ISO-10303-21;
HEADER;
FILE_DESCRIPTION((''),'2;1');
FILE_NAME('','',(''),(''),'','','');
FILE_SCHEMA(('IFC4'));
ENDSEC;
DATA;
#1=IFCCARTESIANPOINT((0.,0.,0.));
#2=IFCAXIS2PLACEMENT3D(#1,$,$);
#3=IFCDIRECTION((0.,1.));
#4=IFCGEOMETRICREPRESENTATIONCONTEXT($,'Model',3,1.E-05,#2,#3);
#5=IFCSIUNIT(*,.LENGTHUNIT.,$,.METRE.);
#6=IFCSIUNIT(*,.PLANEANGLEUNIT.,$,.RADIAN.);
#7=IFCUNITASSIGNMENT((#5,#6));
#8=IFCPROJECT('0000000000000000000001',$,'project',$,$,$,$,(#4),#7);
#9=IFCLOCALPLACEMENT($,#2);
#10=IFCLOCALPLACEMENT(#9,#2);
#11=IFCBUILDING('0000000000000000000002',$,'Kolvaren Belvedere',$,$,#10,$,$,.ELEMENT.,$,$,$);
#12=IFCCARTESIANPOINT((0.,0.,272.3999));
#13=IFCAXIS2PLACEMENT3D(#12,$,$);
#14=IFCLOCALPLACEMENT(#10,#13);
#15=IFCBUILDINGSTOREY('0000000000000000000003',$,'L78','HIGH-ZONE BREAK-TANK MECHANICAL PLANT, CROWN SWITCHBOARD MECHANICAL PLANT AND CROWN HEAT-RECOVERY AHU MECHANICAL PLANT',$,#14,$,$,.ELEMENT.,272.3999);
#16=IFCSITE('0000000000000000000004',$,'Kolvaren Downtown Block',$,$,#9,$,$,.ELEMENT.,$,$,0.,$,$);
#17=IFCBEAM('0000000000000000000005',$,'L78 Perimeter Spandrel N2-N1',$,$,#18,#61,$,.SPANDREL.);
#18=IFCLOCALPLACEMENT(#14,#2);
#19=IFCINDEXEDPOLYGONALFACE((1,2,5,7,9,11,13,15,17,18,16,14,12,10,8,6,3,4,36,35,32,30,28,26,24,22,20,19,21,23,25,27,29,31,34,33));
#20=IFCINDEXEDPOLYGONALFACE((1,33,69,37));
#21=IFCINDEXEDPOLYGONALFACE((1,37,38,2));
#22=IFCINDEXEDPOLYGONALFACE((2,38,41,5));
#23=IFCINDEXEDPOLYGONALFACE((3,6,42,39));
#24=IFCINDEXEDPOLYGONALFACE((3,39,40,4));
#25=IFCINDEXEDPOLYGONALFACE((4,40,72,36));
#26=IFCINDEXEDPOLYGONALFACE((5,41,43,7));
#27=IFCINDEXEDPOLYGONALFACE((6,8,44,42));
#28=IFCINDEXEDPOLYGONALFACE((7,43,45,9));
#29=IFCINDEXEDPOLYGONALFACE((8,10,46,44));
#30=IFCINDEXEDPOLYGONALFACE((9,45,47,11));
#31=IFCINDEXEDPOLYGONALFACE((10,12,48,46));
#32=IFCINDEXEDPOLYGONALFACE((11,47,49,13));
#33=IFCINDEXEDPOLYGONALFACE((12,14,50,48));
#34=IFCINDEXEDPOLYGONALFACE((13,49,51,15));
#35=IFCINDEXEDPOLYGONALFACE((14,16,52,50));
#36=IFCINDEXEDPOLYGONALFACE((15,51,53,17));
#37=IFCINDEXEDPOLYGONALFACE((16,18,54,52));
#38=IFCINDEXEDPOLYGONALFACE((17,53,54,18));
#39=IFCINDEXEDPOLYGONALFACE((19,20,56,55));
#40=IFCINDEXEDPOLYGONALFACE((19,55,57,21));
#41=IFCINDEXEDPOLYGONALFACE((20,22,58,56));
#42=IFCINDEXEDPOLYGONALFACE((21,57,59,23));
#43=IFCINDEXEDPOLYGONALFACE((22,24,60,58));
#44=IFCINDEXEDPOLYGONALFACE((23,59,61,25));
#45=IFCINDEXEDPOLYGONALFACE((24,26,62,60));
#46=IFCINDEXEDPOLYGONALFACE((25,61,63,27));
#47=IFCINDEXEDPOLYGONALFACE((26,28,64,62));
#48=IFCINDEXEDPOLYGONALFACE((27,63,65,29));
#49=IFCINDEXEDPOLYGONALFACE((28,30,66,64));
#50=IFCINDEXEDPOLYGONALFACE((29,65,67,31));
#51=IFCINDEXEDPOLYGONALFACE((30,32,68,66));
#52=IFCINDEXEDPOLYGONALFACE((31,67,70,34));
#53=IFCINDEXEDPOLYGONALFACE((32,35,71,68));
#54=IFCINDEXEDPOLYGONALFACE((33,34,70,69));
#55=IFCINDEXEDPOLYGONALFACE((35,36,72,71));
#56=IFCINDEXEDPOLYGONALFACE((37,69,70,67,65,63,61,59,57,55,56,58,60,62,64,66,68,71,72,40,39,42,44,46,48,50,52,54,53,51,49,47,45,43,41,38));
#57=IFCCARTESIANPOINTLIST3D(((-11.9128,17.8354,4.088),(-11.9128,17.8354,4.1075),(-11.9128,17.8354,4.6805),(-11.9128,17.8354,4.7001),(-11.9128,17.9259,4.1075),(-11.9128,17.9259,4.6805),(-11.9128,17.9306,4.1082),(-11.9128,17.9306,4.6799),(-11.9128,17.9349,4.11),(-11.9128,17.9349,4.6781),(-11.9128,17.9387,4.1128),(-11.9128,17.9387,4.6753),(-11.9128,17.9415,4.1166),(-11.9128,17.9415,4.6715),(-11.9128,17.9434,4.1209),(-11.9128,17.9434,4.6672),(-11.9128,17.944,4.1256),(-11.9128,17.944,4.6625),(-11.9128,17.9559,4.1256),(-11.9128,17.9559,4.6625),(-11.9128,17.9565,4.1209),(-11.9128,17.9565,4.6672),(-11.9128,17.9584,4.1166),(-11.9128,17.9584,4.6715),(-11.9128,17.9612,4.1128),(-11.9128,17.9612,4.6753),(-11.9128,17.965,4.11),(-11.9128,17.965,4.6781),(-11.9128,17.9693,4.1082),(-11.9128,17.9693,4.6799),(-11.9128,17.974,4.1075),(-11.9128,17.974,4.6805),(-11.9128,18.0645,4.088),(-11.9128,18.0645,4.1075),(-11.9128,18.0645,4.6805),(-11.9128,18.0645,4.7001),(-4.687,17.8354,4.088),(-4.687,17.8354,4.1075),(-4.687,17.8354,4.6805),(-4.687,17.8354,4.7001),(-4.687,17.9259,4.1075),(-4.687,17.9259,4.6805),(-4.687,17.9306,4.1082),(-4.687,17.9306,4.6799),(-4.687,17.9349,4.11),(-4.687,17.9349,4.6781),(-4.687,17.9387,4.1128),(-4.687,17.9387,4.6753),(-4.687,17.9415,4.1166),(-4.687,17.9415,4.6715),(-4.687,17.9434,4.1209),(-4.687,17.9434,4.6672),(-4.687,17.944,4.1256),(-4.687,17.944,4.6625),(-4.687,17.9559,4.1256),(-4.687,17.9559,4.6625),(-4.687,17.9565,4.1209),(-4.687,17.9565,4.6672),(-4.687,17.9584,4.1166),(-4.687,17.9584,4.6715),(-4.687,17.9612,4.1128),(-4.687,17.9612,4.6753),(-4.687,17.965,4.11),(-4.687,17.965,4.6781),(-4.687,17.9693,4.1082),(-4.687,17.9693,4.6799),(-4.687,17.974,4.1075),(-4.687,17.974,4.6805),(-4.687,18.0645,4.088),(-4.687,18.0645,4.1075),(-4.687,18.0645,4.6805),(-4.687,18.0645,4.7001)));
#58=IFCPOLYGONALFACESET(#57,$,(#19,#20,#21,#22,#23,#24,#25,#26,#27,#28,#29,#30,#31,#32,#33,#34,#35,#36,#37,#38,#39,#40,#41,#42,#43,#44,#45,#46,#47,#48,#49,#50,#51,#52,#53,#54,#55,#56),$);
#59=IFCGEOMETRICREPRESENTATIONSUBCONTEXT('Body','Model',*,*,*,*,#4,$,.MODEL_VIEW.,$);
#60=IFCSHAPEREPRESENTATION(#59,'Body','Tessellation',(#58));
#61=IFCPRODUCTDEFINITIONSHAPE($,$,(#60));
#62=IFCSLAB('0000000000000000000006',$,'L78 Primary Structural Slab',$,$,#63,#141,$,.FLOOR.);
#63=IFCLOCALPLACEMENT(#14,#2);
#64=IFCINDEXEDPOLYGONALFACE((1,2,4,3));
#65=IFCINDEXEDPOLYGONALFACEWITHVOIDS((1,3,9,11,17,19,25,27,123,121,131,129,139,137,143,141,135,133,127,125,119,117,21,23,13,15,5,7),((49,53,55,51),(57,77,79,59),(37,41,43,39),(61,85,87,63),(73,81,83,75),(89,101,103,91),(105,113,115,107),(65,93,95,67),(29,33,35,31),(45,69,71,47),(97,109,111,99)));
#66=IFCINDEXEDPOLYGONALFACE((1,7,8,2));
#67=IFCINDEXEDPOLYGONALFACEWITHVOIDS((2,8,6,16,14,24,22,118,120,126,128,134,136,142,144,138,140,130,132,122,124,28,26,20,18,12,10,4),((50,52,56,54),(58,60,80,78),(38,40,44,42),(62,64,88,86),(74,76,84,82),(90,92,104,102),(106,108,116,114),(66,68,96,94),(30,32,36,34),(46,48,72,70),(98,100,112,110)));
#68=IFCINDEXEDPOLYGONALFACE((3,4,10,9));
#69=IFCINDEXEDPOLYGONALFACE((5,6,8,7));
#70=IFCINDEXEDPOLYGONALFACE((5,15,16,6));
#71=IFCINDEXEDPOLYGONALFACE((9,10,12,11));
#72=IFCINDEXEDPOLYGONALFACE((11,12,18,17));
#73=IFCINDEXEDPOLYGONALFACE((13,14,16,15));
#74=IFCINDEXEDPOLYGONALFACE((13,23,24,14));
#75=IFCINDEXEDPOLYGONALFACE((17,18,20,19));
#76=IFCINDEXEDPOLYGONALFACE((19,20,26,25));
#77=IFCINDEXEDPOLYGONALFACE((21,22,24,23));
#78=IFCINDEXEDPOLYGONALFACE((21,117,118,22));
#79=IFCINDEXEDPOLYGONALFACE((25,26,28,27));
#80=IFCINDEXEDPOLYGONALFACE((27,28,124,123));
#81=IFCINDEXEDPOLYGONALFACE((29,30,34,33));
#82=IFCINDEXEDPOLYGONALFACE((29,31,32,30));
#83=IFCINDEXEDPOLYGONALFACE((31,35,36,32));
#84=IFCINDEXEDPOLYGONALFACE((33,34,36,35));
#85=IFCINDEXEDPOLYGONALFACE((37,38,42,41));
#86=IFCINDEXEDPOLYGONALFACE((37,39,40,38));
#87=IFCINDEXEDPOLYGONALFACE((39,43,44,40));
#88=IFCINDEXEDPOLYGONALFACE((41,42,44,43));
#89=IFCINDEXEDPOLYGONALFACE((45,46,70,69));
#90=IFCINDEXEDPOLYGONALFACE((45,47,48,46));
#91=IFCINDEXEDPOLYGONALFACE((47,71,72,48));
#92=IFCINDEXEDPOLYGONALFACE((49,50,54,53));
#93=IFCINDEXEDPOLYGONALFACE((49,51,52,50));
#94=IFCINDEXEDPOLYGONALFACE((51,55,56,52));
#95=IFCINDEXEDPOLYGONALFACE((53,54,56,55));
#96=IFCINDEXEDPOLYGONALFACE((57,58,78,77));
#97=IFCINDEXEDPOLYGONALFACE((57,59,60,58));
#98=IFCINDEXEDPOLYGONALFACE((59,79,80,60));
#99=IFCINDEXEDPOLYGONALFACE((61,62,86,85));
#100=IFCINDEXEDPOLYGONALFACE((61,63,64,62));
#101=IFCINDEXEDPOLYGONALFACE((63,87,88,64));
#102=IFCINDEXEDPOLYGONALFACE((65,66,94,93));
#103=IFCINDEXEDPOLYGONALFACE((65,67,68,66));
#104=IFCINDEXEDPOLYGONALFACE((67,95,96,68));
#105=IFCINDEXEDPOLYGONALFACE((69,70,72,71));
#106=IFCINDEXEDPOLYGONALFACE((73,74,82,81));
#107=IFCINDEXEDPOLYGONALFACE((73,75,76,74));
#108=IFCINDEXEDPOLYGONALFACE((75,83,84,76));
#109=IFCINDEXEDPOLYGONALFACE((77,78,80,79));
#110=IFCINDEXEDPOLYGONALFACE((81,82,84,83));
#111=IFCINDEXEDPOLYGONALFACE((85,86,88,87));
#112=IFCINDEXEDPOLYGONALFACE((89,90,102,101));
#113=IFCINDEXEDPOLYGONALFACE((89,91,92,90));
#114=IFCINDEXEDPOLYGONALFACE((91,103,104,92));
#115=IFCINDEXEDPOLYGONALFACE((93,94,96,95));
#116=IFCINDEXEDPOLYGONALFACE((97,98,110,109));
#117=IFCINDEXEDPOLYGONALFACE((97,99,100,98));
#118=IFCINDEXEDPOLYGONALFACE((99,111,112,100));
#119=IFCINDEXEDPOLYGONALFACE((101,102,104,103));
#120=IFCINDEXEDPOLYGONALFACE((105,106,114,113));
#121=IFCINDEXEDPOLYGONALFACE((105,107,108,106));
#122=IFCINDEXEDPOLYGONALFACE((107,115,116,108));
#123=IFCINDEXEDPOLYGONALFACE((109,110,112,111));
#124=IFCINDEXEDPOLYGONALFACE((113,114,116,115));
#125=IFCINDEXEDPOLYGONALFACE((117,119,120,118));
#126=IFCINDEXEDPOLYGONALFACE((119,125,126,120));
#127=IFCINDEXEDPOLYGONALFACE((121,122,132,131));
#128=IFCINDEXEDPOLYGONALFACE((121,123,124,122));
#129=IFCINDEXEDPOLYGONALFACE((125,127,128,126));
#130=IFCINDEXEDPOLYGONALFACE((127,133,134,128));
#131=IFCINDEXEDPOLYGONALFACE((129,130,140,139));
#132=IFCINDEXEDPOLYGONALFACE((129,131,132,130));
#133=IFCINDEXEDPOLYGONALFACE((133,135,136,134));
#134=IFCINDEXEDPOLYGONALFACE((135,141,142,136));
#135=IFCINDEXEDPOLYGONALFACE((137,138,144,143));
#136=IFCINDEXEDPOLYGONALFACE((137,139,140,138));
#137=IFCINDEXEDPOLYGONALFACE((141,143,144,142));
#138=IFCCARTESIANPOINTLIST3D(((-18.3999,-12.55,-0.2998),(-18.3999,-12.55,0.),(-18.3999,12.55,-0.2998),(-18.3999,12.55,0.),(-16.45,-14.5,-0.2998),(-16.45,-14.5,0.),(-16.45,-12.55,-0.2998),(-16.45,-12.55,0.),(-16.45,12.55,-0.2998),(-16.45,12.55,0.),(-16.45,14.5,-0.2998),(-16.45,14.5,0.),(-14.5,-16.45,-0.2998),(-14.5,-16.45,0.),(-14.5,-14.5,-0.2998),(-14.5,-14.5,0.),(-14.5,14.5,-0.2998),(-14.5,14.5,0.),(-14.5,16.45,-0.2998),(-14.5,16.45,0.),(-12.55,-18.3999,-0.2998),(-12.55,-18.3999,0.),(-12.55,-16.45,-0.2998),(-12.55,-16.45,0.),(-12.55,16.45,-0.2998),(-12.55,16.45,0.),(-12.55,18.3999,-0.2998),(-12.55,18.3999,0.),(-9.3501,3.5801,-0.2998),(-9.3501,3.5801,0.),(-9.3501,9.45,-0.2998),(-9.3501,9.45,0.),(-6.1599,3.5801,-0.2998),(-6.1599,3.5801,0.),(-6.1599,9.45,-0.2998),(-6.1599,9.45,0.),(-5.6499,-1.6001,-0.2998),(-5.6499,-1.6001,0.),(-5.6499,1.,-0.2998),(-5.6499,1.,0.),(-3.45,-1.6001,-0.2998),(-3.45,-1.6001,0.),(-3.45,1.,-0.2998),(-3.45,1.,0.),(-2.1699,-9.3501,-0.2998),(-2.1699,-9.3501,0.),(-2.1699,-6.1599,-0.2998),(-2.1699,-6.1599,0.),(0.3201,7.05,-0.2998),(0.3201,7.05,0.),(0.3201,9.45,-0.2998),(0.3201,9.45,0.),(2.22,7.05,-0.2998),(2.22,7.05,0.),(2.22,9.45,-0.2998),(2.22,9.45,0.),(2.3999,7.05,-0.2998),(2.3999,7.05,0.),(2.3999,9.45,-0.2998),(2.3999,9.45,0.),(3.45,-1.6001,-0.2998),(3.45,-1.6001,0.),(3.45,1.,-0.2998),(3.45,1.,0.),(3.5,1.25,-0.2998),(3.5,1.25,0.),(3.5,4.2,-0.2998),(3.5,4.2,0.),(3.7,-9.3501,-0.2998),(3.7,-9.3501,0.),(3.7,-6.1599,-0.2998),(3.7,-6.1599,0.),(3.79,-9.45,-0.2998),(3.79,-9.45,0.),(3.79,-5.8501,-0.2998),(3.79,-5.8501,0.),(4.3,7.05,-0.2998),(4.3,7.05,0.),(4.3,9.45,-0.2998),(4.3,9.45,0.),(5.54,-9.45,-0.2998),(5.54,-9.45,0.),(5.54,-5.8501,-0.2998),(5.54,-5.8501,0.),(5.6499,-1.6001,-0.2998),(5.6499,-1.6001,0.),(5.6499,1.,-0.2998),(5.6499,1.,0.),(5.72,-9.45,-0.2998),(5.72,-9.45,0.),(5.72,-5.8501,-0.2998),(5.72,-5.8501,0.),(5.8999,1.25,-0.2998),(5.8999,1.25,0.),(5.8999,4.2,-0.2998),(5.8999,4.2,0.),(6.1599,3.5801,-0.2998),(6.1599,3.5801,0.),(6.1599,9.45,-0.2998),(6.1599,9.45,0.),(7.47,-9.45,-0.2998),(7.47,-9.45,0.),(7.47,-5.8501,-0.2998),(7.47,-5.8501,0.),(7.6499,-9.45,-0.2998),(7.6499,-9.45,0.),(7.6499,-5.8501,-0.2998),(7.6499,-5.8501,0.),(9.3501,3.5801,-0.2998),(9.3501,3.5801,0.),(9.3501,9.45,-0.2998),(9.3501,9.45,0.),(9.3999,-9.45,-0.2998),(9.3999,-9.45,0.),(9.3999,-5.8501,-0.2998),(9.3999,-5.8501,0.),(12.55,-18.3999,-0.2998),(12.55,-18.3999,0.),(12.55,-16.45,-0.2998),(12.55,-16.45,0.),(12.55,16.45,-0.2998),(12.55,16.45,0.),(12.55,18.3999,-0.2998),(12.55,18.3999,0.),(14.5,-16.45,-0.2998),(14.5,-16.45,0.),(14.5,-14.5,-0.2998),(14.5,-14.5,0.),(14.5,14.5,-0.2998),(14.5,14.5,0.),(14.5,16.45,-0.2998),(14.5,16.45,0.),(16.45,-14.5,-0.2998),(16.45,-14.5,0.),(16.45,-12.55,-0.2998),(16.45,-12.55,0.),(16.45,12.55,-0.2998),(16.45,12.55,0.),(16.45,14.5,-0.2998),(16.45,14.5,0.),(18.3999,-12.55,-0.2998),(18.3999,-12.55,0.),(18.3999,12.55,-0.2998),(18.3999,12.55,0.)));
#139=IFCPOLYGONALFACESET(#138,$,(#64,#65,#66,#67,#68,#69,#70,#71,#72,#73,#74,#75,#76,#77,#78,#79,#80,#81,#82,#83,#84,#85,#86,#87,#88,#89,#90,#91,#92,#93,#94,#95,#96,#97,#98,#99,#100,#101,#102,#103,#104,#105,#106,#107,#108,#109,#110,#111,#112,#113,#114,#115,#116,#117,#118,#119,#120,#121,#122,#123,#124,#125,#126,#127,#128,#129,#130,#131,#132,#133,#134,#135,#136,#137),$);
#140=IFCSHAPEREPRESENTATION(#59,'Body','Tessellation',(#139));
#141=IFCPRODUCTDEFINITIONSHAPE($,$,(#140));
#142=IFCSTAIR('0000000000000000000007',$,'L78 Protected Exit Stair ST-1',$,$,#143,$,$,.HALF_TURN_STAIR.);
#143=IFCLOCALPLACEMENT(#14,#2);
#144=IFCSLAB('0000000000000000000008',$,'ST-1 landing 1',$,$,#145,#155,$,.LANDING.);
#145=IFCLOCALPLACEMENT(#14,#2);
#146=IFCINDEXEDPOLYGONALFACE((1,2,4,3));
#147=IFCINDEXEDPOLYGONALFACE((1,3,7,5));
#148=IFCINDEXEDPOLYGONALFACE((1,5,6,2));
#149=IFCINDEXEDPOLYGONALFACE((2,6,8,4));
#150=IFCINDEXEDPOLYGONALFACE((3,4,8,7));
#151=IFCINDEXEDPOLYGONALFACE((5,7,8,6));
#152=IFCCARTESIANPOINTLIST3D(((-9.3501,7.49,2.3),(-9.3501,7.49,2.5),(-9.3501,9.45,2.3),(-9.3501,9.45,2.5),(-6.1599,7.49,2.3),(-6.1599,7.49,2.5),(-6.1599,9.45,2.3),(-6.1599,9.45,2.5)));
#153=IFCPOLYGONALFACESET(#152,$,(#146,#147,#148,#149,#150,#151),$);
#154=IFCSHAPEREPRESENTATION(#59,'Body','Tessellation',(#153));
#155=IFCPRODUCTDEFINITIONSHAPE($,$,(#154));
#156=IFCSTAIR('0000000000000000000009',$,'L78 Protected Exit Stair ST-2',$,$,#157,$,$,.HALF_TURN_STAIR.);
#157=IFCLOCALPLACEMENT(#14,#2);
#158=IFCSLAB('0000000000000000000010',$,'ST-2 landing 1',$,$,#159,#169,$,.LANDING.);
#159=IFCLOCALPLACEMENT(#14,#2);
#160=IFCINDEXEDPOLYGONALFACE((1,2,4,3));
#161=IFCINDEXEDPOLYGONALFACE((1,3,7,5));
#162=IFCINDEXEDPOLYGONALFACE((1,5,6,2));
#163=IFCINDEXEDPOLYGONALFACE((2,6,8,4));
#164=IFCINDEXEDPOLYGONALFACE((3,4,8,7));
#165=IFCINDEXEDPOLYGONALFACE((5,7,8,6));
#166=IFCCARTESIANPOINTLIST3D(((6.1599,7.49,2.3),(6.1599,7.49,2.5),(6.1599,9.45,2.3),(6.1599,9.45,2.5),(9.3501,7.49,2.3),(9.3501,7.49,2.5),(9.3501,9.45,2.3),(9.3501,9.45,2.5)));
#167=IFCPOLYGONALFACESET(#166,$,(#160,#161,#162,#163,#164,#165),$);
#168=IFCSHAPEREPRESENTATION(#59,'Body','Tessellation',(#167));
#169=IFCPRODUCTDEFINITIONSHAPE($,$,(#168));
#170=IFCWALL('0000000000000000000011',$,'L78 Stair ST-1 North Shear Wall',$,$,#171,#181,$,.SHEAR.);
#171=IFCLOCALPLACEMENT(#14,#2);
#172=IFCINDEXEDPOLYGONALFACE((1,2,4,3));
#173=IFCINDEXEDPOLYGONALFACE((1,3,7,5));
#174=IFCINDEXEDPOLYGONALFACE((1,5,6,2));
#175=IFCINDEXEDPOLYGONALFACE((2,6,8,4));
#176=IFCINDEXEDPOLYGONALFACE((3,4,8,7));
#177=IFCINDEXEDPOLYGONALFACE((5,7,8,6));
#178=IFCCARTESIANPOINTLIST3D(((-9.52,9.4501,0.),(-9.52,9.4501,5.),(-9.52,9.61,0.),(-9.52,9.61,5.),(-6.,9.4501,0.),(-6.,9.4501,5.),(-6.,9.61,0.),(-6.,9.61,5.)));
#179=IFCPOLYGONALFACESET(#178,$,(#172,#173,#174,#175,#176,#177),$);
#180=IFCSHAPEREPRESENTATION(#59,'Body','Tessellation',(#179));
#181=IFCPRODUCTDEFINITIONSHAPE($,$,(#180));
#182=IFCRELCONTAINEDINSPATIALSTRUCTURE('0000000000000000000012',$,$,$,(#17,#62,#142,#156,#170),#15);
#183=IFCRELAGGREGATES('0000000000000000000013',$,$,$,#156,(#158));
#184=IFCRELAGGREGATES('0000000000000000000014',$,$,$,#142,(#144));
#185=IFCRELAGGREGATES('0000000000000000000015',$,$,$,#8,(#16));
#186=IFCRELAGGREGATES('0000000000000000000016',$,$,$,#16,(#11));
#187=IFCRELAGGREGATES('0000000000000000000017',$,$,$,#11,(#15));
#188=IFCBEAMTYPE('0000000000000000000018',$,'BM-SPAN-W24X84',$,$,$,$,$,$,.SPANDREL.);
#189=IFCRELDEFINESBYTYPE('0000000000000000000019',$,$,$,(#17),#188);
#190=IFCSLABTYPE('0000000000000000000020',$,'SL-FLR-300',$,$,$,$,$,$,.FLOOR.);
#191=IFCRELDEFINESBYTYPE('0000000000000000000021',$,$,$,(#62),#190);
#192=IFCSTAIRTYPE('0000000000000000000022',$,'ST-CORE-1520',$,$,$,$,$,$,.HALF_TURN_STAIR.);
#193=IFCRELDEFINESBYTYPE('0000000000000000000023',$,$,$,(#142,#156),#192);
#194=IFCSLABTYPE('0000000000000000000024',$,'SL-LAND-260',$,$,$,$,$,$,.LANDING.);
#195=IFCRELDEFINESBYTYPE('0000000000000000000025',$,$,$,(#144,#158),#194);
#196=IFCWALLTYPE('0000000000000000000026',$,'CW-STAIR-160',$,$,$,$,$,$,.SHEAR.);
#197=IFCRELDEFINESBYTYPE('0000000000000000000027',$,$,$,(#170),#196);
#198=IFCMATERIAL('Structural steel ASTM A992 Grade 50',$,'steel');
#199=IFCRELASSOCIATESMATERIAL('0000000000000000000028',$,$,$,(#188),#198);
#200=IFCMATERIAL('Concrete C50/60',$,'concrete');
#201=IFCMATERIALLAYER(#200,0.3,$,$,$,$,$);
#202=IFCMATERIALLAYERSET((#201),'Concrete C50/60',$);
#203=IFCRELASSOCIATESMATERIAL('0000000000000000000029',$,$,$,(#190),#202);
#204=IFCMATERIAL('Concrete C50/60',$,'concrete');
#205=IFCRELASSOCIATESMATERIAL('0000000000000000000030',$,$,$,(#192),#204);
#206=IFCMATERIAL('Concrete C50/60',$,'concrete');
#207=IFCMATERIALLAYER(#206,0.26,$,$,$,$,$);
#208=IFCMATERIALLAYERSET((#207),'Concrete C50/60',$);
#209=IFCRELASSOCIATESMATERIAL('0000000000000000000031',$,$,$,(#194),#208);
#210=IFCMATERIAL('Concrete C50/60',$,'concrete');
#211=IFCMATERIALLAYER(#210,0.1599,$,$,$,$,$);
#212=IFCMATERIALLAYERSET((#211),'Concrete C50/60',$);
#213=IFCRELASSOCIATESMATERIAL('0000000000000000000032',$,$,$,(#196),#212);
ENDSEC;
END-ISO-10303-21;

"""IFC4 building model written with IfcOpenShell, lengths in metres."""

from ifc_helpers import new_model, si_unit, direction, frame, frame_2d, origin, origin_2d, place, context, subcontext, project, spatial, polyline, rectangle, i_section, outline, extrude, material, layer, layer_set, material_profile, profile_set, type_object, element, aggregate, save


model = new_model("IFC4")

# Units and contexts
model_context = context("Model", 3, precision=1e-05, world=origin(), true_north=direction((0.0, 1.0)))
body_context = subcontext(model_context, "Body", "Model", "MODEL_VIEW")
ifc_project = project(units=[si_unit("LENGTHUNIT", "METRE"), si_unit("PLANEANGLEUNIT", "RADIAN")], contexts=[model_context])

# Site, building, storey
site_placement = place(None, origin())
site = spatial("IfcSite", under=ifc_project, at=site_placement, Name="Kolvaren Downtown Block", CompositionType="ELEMENT", RefElevation=0.0)
building_placement = place(site_placement, origin())
building = spatial("IfcBuilding", under=site, at=building_placement, Name="Kolvaren Belvedere", CompositionType="ELEMENT")
storey_placement = place(building_placement, frame((0.0, 0.0, 272.3999)))
storey = spatial("IfcBuildingStorey", under=building, at=storey_placement, Name="L78", Description="HIGH-ZONE BREAK-TANK MECHANICAL PLANT, CROWN SWITCHBOARD MECHANICAL PLANT AND CROWN HEAT-RECOVERY AHU MECHANICAL PLANT", CompositionType="ELEMENT", Elevation=272.3999)

# Beam
ifc_material_1 = material(Name="Structural steel ASTM A992 Grade 50", Category="steel")
ifc_material_profile_1 = material_profile(ifc_material_1, i_section(OverallWidth=0.229, OverallDepth=0.6121, WebThickness=0.012, FlangeThickness=0.0195, FilletRadius=0.0181, at=origin_2d()), Name="W24X84")
ifc_profile_set_1 = profile_set([ifc_material_profile_1], Name="Structural steel ASTM A992 Grade 50")
beam_type_1 = type_object("IfcBeamType", Name="BM-SPAN-W24X84", PredefinedType="SPANDREL", material=ifc_profile_set_1)
beam_1_placement = place(storey_placement, frame((-4.687, 17.95, 4.394), z_axis=(-1.0, 0.0, 0.0), x_axis=(0.0, -1.0, 0.0)))
element("IfcBeam", 1, at=beam_1_placement, inside=storey, type_object=beam_type_1, Name="L78 Perimeter Spandrel N2-N1", PredefinedType="SPANDREL", context=body_context, shape_type="SweptSolid", body=[
    extrude(i_section(OverallWidth=0.229, OverallDepth=0.6121, WebThickness=0.012, FlangeThickness=0.0195, FilletRadius=0.0181, at=origin_2d()), origin(), (0.0, 0.0, 1.0), 7.2258),
])

# Slab
ifc_material_2 = material(Name="Concrete C50/60", Category="concrete")
ifc_layer_1 = layer(ifc_material_2, 0.3)
ifc_layer_set_1 = layer_set([ifc_layer_1], Name="Concrete C50/60")
slab_type_1 = type_object("IfcSlabType", Name="SL-FLR-300", PredefinedType="FLOOR", material=ifc_layer_set_1)
slab_1_placement = place(storey_placement, frame((0.0, 0.0, -0.2998)))
element("IfcSlab", 2, at=slab_1_placement, inside=storey, type_object=slab_type_1, Name="L78 Primary Structural Slab", PredefinedType="FLOOR", context=body_context, shape_type="SweptSolid", body=[
    extrude(outline(polyline([(-12.55, -18.3999), (12.55, -18.3999), (12.55, -16.45), (14.5, -16.45), (14.5, -14.5), (16.45, -14.5), (16.45, -12.55), (18.3999, -12.55), (18.3999, 12.55), (16.45, 12.55), (16.45, 14.5), (14.5, 14.5), (14.5, 16.45), (12.55, 16.45), (12.55, 18.3999), (-12.55, 18.3999), (-12.55, 16.45), (-14.5, 16.45), (-14.5, 14.5), (-16.45, 14.5), (-16.45, 12.55), (-18.3999, 12.55), (-18.3999, -12.55), (-16.45, -12.55), (-16.45, -14.5), (-14.5, -14.5), (-14.5, -16.45), (-12.55, -16.45), (-12.55, -18.3999)]), holes=[polyline([(-9.3501, 3.5801), (-6.1599, 3.5801), (-6.1599, 9.45), (-9.3501, 9.45), (-9.3501, 3.5801)]), polyline([(6.1599, 3.5801), (9.3501, 3.5801), (9.3501, 9.45), (6.1599, 9.45), (6.1599, 3.5801)]), polyline([(-2.1699, -9.3501), (3.7, -9.3501), (3.7, -6.1599), (-2.1699, -6.1599), (-2.1699, -9.3501)]), polyline([(-5.6499, -1.6001), (-3.45, -1.6001), (-3.45, 1.0), (-5.6499, 1.0), (-5.6499, -1.6001)]), polyline([(3.5, 1.25), (5.8999, 1.25), (5.8999, 4.2), (3.5, 4.2), (3.5, 1.25)]), polyline([(3.45, -1.6001), (5.6499, -1.6001), (5.6499, 1.0), (3.45, 1.0), (3.45, -1.6001)]), polyline([(3.79, -9.45), (5.54, -9.45), (5.54, -5.8501), (3.79, -5.8501), (3.79, -9.45)]), polyline([(5.72, -9.45), (7.47, -9.45), (7.47, -5.8501), (5.72, -5.8501), (5.72, -9.45)]), polyline([(7.6499, -9.45), (9.3999, -9.45), (9.3999, -5.8501), (7.6499, -5.8501), (7.6499, -9.45)]), polyline([(0.3201, 7.05), (2.22, 7.05), (2.22, 9.45), (0.3201, 9.45), (0.3201, 7.05)]), polyline([(2.3999, 7.05), (4.3, 7.05), (4.3, 9.45), (2.3999, 9.45), (2.3999, 7.05)])]), origin(), (0.0, 0.0, 1.0), 0.2998),
])

# Stairs, slabs
ifc_material_3 = material(Name="Concrete C50/60", Category="concrete")
stair_type = type_object("IfcStairType", Name="ST-CORE-1520", PredefinedType="HALF_TURN_STAIR", material=ifc_material_3)
stair_1_placement = place(storey_placement, origin())
stair_1 = element("IfcStair", 3, at=stair_1_placement, inside=storey, type_object=stair_type, Name="L78 Protected Exit Stair ST-1", PredefinedType="HALF_TURN_STAIR")
ifc_material_4 = material(Name="Concrete C50/60", Category="concrete")
ifc_layer_2 = layer(ifc_material_4, 0.26)
ifc_layer_set_2 = layer_set([ifc_layer_2], Name="Concrete C50/60")
slab_type_2 = type_object("IfcSlabType", Name="SL-LAND-260", PredefinedType="LANDING", material=ifc_layer_set_2)
slab_2_placement = place(storey_placement, frame((0.0, 0.0, 2.3)))
slab_2 = element("IfcSlab", 4, at=slab_2_placement, type_object=slab_type_2, Name="ST-1 landing 1", PredefinedType="LANDING", context=body_context, shape_type="SweptSolid", body=[
    extrude(outline(polyline([(-6.1599, 7.49), (-6.1599, 9.45), (-9.3501, 9.45), (-9.3501, 7.49), (-6.1599, 7.49)])), origin(), (0.0, 0.0, 1.0), 0.2),
])
stair_2_placement = place(storey_placement, origin())
stair_2 = element("IfcStair", 5, at=stair_2_placement, inside=storey, type_object=stair_type, Name="L78 Protected Exit Stair ST-2", PredefinedType="HALF_TURN_STAIR")
slab_3_placement = place(storey_placement, frame((0.0, 0.0, 2.3)))
slab_3 = element("IfcSlab", 6, at=slab_3_placement, type_object=slab_type_2, Name="ST-2 landing 1", PredefinedType="LANDING", context=body_context, shape_type="SweptSolid", body=[
    extrude(outline(polyline([(9.3501, 7.49), (9.3501, 9.45), (6.1599, 9.45), (6.1599, 7.49), (9.3501, 7.49)])), origin(), (0.0, 0.0, 1.0), 0.2),
])
aggregate(stair_2, [slab_3])

# Wall
ifc_material_5 = material(Name="Concrete C50/60", Category="concrete")
ifc_layer_3 = layer(ifc_material_5, 0.1599)
ifc_layer_set_3 = layer_set([ifc_layer_3], Name="Concrete C50/60")
wall_type_1 = type_object("IfcWallType", Name="CW-STAIR-160", PredefinedType="SHEAR", material=ifc_layer_set_3)
wall_1_placement = place(storey_placement, frame((-9.52, 9.53, 0.0), z_axis=(0.0, 0.0, 1.0), x_axis=(1.0, 0.0, 0.0)))
element("IfcWall", 7, at=wall_1_placement, inside=storey, type_object=wall_type_1, Name="L78 Stair ST-1 North Shear Wall", PredefinedType="SHEAR", context=body_context, shape_type="SweptSolid", body=[
    extrude(rectangle(XDim=3.52, YDim=0.1599, at=frame_2d((1.76, 0.0))), origin(), (0.0, 0.0, 1.0), 5.0),
])

aggregate(stair_1, [slab_2])

save(model, "model.ifc")
